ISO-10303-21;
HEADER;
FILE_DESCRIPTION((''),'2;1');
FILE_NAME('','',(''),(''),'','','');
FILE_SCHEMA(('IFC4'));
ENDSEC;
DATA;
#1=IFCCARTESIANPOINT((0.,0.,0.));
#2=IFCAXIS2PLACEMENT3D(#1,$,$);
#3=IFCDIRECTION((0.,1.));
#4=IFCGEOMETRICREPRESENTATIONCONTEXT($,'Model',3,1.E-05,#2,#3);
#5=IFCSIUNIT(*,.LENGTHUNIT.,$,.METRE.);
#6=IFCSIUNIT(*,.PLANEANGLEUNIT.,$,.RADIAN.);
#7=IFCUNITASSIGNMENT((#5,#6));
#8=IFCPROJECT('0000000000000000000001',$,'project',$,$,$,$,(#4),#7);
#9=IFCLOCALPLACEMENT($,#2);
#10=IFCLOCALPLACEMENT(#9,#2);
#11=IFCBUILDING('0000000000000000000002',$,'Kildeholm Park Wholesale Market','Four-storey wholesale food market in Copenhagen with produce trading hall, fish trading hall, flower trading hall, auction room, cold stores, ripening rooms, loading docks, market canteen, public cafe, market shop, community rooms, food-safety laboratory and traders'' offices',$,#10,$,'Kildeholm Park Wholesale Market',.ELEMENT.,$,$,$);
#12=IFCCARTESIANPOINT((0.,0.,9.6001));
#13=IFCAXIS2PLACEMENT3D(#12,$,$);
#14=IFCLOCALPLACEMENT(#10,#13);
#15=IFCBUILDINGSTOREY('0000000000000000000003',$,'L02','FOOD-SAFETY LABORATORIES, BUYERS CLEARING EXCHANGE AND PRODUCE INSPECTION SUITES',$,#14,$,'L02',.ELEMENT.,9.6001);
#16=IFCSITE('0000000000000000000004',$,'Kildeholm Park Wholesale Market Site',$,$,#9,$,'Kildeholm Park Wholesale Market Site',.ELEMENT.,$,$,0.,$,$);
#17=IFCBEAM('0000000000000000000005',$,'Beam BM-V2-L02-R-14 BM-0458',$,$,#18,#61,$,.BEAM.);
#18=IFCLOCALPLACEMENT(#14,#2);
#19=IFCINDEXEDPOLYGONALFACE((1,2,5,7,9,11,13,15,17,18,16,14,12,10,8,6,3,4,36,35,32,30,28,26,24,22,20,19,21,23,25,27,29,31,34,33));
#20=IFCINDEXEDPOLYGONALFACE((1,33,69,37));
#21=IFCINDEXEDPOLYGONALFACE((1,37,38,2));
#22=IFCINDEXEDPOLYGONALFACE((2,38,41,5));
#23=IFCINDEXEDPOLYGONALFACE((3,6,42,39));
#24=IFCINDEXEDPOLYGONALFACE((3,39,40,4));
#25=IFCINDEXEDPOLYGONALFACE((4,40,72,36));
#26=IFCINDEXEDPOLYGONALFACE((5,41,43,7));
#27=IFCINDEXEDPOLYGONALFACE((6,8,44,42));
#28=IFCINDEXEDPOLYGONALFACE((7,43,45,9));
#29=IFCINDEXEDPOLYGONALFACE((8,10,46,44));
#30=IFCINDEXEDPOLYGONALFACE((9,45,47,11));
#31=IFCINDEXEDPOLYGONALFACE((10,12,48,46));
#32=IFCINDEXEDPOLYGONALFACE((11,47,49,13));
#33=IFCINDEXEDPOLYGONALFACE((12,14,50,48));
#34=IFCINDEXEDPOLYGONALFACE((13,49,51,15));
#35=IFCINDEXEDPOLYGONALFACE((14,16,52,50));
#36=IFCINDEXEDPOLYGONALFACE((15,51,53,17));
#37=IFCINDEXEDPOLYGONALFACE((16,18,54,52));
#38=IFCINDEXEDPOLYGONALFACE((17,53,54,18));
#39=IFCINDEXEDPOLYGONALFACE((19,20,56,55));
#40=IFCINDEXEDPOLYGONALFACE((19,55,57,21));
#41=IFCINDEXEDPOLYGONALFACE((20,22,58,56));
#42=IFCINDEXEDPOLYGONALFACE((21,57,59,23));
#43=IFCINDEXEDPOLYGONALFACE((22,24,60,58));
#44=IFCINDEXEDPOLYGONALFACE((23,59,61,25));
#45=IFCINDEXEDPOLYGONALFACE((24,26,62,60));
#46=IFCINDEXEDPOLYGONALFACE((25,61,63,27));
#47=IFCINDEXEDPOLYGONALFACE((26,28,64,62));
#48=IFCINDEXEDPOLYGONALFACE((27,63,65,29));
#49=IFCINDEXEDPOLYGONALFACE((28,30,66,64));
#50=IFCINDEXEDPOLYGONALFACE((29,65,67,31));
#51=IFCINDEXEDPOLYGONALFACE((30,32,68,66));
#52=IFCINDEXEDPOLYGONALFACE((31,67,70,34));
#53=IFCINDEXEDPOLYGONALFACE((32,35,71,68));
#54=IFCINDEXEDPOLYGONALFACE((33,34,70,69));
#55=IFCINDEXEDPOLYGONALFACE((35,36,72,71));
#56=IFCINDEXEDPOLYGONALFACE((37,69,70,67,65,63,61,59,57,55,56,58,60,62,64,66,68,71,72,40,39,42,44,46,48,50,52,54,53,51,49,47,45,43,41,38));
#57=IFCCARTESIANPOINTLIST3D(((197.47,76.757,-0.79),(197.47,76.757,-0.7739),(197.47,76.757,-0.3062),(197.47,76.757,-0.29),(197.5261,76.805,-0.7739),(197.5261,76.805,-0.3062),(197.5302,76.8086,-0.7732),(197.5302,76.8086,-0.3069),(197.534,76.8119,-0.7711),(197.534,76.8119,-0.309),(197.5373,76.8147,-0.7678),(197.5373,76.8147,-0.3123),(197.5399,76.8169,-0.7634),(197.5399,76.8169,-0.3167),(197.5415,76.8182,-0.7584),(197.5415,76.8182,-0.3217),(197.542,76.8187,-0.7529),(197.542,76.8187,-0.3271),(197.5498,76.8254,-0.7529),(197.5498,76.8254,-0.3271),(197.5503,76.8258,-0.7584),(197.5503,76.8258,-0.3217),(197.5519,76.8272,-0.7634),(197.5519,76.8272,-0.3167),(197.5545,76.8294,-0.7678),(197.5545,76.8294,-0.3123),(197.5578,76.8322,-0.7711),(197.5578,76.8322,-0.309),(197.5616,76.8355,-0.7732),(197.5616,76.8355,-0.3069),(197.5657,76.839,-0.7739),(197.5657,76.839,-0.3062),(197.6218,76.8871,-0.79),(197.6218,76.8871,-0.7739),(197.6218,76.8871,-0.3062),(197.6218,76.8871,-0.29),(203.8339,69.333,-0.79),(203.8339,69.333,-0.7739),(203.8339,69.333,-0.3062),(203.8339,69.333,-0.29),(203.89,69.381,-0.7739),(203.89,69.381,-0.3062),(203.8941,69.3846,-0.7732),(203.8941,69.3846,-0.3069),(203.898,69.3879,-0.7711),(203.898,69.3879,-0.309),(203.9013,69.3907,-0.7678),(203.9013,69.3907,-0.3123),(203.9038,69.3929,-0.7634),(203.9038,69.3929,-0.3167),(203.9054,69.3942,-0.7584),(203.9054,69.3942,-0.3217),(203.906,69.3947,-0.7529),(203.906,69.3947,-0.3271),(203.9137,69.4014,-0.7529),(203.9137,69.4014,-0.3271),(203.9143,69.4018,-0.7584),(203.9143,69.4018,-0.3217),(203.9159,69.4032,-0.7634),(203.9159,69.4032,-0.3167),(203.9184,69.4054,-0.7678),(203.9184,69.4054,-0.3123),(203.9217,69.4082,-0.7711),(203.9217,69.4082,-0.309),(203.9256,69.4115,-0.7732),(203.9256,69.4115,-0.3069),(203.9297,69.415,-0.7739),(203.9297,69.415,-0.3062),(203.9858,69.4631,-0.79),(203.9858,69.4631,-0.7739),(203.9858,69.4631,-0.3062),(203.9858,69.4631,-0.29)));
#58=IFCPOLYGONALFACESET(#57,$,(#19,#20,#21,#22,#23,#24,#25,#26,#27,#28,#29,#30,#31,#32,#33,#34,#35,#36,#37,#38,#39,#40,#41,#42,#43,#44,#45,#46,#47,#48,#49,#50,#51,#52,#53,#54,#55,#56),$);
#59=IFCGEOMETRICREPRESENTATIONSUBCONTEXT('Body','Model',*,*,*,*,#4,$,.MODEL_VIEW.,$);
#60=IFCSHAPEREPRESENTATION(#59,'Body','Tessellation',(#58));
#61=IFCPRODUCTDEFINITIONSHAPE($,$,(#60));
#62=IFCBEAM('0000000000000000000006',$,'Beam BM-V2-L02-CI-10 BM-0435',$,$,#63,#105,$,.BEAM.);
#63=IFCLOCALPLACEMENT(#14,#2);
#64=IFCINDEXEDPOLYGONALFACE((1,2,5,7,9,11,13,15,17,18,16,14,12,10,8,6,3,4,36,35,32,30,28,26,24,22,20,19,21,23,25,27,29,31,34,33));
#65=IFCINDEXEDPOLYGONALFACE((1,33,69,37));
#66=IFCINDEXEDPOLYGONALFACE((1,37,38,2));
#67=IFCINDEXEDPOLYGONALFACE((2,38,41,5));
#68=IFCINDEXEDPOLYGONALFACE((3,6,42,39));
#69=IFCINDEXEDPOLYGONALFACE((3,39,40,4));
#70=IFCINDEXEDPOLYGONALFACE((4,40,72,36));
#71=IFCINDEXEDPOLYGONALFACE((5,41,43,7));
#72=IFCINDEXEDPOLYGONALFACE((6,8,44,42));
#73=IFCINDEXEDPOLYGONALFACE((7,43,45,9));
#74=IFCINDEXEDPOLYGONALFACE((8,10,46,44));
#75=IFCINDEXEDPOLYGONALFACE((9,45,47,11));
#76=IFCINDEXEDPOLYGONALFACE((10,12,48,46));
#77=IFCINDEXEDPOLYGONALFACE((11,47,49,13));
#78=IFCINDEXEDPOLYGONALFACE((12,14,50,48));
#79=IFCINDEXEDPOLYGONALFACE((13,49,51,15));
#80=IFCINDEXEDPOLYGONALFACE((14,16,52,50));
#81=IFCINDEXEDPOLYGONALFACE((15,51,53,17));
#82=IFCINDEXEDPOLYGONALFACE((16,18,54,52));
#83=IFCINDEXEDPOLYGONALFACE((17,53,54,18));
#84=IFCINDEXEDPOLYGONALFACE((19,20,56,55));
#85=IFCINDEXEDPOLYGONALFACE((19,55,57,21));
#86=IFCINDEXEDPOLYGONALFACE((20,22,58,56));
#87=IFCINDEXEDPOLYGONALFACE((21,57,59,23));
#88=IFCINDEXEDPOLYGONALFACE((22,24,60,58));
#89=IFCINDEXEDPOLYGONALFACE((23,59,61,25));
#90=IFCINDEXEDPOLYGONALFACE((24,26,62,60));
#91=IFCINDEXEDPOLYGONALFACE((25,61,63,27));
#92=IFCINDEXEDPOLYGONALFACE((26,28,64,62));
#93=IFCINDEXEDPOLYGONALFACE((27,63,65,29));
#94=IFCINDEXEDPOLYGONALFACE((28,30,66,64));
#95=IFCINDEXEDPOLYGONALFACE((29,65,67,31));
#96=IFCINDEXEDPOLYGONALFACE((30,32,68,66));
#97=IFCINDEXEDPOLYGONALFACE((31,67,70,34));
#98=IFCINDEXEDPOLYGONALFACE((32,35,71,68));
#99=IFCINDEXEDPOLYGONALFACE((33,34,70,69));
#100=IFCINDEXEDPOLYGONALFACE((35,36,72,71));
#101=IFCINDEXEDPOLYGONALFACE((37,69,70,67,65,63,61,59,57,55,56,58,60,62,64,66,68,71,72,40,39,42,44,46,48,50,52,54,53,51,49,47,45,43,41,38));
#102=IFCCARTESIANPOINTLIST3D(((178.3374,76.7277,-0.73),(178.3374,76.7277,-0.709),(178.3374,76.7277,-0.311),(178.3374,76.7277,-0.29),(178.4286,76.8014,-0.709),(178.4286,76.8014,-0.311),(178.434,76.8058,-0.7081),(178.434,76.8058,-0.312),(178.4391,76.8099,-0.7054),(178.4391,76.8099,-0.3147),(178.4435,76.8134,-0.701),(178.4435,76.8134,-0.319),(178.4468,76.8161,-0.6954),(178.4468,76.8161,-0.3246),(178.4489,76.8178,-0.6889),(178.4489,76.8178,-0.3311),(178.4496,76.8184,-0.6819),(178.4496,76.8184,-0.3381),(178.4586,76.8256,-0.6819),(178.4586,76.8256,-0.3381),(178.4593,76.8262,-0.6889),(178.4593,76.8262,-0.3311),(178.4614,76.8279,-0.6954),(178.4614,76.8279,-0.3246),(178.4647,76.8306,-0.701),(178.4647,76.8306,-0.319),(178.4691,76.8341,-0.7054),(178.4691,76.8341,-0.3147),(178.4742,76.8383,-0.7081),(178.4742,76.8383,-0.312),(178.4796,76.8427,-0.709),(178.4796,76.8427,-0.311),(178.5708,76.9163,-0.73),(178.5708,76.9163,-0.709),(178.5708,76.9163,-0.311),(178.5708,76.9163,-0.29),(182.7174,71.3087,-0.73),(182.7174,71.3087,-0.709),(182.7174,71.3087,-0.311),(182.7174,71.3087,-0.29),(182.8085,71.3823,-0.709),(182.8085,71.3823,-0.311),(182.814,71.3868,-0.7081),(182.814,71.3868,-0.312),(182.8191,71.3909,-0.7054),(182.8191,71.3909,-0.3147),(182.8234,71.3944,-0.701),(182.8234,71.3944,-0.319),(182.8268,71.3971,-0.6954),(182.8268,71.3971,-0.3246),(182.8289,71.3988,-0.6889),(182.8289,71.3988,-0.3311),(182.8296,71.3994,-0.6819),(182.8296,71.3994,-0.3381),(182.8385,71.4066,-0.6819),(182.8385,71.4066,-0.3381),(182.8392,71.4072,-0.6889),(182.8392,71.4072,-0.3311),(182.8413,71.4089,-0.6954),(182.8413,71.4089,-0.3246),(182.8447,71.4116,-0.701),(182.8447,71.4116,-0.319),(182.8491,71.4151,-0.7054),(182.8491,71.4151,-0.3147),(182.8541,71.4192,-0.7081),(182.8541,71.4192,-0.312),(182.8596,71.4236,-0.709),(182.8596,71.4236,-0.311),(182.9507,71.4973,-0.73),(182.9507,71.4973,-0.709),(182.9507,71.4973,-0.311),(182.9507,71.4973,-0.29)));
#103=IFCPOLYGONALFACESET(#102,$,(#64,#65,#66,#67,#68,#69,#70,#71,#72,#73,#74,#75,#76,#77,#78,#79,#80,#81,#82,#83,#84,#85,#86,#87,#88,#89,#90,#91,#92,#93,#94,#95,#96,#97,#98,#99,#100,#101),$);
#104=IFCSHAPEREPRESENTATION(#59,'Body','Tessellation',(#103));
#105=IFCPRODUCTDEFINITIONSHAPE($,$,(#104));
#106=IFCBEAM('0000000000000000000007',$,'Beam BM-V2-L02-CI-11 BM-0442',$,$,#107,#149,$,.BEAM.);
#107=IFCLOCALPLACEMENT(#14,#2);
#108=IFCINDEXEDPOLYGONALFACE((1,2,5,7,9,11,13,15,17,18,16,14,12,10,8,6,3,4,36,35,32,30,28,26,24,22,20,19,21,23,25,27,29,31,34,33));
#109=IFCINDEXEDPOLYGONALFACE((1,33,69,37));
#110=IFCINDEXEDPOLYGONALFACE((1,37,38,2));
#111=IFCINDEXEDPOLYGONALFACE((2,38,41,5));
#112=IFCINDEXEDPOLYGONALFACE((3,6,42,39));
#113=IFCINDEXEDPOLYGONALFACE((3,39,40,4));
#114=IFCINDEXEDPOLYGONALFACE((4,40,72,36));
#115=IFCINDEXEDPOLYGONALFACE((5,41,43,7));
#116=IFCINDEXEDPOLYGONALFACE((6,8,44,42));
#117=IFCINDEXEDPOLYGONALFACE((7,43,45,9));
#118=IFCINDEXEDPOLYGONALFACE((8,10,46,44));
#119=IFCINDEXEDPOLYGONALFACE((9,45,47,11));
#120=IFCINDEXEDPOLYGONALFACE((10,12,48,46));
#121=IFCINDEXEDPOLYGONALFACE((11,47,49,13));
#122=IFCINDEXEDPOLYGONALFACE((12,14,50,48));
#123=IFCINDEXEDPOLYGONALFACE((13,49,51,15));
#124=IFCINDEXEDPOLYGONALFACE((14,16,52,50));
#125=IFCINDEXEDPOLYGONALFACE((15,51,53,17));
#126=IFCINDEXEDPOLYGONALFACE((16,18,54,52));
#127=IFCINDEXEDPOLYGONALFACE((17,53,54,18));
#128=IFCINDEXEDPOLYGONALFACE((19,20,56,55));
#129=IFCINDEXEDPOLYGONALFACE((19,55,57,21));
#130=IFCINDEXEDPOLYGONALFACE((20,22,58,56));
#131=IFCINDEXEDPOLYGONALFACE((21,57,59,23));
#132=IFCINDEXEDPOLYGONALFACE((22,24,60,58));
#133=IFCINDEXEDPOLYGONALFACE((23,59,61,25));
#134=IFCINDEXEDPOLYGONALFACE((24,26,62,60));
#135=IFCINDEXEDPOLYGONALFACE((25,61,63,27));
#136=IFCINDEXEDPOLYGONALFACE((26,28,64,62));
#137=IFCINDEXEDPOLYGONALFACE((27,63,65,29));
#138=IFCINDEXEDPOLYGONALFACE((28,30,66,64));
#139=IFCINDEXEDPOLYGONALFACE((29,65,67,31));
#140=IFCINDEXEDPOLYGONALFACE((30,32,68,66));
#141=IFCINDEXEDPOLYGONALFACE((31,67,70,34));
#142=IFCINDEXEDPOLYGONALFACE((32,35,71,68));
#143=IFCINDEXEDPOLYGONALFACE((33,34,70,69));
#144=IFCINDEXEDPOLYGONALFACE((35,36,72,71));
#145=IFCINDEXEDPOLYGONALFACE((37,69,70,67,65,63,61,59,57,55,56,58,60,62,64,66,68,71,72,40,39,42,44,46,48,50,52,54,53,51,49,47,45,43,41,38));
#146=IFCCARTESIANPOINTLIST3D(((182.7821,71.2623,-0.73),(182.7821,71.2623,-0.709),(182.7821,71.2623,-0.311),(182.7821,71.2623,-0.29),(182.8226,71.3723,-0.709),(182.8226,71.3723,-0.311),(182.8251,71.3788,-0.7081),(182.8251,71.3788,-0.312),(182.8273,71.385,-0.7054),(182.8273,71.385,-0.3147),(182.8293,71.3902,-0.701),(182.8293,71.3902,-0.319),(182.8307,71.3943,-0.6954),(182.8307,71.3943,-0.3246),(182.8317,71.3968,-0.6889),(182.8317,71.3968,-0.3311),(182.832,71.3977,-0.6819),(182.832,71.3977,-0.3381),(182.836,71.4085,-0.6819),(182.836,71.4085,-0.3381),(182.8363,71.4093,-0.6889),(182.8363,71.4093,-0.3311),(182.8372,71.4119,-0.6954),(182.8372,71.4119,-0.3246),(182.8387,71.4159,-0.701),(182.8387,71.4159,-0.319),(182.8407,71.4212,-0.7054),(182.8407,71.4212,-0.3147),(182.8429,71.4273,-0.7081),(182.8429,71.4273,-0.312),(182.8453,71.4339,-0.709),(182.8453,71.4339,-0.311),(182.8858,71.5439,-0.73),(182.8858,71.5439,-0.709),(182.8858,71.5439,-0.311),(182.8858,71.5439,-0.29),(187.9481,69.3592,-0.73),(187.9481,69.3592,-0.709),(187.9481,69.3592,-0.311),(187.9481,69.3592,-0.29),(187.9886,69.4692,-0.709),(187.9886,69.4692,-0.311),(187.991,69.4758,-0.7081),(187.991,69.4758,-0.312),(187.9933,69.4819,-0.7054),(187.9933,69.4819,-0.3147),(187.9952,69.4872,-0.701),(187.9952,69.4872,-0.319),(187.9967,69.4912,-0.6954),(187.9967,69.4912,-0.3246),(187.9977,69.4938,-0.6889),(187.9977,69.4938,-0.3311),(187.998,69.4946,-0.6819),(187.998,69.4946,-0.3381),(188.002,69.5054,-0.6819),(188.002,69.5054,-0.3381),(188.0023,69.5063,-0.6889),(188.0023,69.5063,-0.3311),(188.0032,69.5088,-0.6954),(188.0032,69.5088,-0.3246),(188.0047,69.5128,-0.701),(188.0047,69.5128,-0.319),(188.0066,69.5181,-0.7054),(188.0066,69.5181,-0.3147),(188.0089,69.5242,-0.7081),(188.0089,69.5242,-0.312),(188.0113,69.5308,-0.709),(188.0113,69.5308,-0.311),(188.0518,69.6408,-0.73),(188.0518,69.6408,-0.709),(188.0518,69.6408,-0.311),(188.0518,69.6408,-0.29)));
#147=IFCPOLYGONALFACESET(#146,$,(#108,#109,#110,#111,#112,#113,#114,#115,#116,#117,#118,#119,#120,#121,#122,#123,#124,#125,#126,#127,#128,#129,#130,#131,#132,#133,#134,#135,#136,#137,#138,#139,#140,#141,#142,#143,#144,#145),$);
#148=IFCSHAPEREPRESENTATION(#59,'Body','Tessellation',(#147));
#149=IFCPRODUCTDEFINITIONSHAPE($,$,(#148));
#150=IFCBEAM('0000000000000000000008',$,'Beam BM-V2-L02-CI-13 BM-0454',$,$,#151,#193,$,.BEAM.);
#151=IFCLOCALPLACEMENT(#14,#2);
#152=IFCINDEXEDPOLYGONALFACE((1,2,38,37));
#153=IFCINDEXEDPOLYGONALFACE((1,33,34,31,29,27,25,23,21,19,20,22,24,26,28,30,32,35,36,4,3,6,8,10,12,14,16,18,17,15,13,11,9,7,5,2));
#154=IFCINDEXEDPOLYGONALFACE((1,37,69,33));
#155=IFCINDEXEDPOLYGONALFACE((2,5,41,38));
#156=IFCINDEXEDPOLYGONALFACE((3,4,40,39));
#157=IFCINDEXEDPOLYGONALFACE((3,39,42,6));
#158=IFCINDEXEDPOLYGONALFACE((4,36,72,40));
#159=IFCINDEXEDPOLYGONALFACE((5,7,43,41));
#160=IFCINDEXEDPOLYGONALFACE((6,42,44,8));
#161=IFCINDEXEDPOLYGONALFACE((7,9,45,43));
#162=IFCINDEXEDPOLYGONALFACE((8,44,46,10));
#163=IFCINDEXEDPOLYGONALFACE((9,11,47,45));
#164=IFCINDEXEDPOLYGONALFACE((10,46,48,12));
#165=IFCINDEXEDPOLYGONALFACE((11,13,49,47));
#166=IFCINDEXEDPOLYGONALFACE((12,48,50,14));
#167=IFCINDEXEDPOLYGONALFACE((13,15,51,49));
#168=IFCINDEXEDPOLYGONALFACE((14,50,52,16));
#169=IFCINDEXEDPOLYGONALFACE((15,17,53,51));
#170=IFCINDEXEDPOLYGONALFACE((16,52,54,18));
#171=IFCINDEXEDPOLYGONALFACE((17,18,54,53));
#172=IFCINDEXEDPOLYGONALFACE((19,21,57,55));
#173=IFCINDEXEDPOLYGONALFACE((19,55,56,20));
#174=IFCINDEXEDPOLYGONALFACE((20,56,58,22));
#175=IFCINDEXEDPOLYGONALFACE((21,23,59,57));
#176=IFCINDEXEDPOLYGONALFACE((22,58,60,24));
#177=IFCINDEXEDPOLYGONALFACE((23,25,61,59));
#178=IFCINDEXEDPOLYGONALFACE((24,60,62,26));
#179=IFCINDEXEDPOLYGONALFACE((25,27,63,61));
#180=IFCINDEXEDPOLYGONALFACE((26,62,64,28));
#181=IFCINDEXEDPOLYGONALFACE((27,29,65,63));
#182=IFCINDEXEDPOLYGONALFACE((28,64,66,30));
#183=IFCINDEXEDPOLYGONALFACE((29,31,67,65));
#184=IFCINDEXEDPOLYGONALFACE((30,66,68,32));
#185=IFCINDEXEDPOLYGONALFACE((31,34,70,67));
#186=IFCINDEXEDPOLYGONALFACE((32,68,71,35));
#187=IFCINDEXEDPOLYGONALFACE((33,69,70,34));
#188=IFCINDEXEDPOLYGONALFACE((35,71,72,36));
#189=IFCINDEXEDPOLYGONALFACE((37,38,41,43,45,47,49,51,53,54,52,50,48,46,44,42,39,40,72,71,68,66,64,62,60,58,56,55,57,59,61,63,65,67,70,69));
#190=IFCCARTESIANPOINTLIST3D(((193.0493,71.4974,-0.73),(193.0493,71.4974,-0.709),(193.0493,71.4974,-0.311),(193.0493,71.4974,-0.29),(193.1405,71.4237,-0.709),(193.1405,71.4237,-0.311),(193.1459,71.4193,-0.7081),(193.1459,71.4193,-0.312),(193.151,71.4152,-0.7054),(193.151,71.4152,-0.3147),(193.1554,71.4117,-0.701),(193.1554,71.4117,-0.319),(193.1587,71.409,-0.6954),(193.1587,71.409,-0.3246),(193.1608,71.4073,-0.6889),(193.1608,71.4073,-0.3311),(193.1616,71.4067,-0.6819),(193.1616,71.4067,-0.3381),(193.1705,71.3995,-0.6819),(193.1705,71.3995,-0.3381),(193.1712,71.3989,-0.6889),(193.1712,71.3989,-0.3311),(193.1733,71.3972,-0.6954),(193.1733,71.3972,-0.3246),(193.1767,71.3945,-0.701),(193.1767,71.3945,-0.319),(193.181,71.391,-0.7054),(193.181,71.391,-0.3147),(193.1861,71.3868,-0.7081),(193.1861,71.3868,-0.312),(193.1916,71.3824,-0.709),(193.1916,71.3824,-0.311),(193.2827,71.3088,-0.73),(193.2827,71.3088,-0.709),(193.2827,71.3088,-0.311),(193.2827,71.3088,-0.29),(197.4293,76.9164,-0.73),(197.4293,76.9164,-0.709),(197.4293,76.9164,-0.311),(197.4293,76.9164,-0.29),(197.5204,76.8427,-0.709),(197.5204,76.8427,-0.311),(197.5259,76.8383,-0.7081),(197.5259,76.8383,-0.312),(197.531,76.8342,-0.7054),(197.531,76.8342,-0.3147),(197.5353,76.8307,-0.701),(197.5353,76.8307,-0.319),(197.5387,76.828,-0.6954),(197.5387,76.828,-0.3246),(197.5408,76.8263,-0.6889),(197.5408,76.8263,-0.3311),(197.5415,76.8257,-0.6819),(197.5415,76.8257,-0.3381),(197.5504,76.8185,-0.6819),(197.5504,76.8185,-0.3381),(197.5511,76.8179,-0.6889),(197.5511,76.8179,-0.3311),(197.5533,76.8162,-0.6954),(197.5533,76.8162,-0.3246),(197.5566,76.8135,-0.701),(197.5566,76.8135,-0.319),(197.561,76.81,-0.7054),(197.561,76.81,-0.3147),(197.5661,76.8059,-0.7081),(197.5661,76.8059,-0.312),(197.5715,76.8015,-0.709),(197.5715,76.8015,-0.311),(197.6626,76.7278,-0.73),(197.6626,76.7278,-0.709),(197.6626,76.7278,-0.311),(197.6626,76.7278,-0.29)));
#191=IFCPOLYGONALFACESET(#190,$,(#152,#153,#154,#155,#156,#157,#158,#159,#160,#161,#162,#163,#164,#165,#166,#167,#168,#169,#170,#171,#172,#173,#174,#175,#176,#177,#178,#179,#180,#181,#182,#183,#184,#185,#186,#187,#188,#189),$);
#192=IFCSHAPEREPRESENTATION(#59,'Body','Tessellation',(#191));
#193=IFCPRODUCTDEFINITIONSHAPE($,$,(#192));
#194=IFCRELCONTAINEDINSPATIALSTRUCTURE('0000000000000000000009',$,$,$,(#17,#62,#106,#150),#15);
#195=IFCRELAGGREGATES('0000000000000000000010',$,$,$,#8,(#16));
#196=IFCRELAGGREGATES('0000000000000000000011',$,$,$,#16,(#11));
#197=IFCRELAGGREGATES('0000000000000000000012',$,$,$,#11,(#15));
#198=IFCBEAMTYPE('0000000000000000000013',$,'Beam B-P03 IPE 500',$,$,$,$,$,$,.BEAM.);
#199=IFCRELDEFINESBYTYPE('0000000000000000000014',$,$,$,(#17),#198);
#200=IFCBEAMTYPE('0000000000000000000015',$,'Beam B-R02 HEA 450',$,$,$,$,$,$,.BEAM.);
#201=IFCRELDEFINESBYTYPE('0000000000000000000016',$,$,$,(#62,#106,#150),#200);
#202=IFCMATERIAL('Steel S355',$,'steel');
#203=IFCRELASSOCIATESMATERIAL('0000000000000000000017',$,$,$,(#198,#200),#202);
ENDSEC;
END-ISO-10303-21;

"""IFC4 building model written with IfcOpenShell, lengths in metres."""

from ifc_helpers import new_model, si_unit, direction, frame, origin, origin_2d, place, context, subcontext, project, spatial, i_section, extrude, material, material_profile, profile_set, type_object, element, save


model = new_model("IFC4")

# Units and contexts
model_context = context("Model", 3, precision=1e-05, world=origin(), true_north=direction((0.0, 1.0)))
body_context = subcontext(model_context, "Body", "Model", "MODEL_VIEW")
ifc_project = project(units=[si_unit("LENGTHUNIT", "METRE"), si_unit("PLANEANGLEUNIT", "RADIAN")], contexts=[model_context])

# Site, building, storey
site_placement = place(None, origin())
site = spatial("IfcSite", under=ifc_project, at=site_placement, Name="Kildeholm Park Wholesale Market Site", LongName="Kildeholm Park Wholesale Market Site", CompositionType="ELEMENT", RefElevation=0.0)
building_placement = place(site_placement, origin())
building = spatial("IfcBuilding", under=site, at=building_placement, Name="Kildeholm Park Wholesale Market", Description="Four-storey wholesale food market in Copenhagen with produce trading hall, fish trading hall, flower trading hall, auction room, cold stores, ripening rooms, loading docks, market canteen, public cafe, market shop, community rooms, food-safety laboratory and traders' offices", LongName="Kildeholm Park Wholesale Market", CompositionType="ELEMENT")
storey_placement = place(building_placement, frame((0.0, 0.0, 9.6001)))
storey = spatial("IfcBuildingStorey", under=building, at=storey_placement, Name="L02", Description="FOOD-SAFETY LABORATORIES, BUYERS CLEARING EXCHANGE AND PRODUCE INSPECTION SUITES", LongName="L02", CompositionType="ELEMENT", Elevation=9.6001)

# Shared definitions
ifc_material_1 = material(Name="Steel S355", Category="steel")

# Beams
ifc_material_profile_1 = material_profile(ifc_material_1, i_section(OverallWidth=0.2, OverallDepth=0.5, WebThickness=0.0103, FlangeThickness=0.0161, FilletRadius=0.021, at=origin_2d()), Name="IPE 500")
ifc_profile_set_1 = profile_set([ifc_material_profile_1], Name="Steel S355")
beam_type_1 = type_object("IfcBeamType", Name="Beam B-P03 IPE 500", PredefinedType="BEAM", material=ifc_profile_set_1)
beam_1_placement = place(storey_placement, frame((197.5459, 76.822, -0.54), z_axis=(0.650822, -0.75923, 0.0), x_axis=(0.75923, 0.650822, 0.0)))
element("IfcBeam", 1, at=beam_1_placement, inside=storey, type_object=beam_type_1, Name="Beam BM-V2-L02-R-14 BM-0458", PredefinedType="BEAM", context=body_context, shape_type="SweptSolid", body=[
    extrude(i_section(OverallWidth=0.2, OverallDepth=0.5, WebThickness=0.0103, FlangeThickness=0.0161, FilletRadius=0.021, at=origin_2d()), origin(), (0.0, 0.0, 1.0), 9.7783),
])
ifc_material_profile_2 = material_profile(ifc_material_1, i_section(OverallWidth=0.3, OverallDepth=0.4399, WebThickness=0.0115, FlangeThickness=0.021, FilletRadius=0.0271, at=origin_2d()), Name="HEA 450")
ifc_profile_set_2 = profile_set([ifc_material_profile_2], Name="Steel S355")
beam_type_2 = type_object("IfcBeamType", Name="Beam B-R02 HEA 450", PredefinedType="BEAM", material=ifc_profile_set_2)
beam_2_placement = place(storey_placement, frame((178.4541, 76.822, -0.51), z_axis=(0.628601, -0.777728, 0.0), x_axis=(0.777728, 0.628601, 0.0)))
element("IfcBeam", 2, at=beam_2_placement, inside=storey, type_object=beam_type_2, Name="Beam BM-V2-L02-CI-10 BM-0435", PredefinedType="BEAM", context=body_context, shape_type="SweptSolid", body=[
    extrude(i_section(OverallWidth=0.3, OverallDepth=0.4399, WebThickness=0.0115, FlangeThickness=0.021, FilletRadius=0.0271, at=origin_2d()), origin(), (0.0, 0.0, 1.0), 6.9678),
])
beam_3_placement = place(storey_placement, frame((182.834, 71.4031, -0.51), z_axis=(0.938354, -0.345675, 0.0), x_axis=(0.345675, 0.938354, 0.0)))
element("IfcBeam", 3, at=beam_3_placement, inside=storey, type_object=beam_type_2, Name="Beam BM-V2-L02-CI-11 BM-0442", PredefinedType="BEAM", context=body_context, shape_type="SweptSolid", body=[
    extrude(i_section(OverallWidth=0.3, OverallDepth=0.4399, WebThickness=0.0115, FlangeThickness=0.021, FilletRadius=0.0271, at=origin_2d()), origin(), (0.0, 0.0, 1.0), 5.5054),
])
beam_4_placement = place(storey_placement, frame((193.166, 71.4031, -0.51), z_axis=(0.628601, 0.777728, 0.0), x_axis=(-0.777728, 0.628601, 0.0)))
element("IfcBeam", 4, at=beam_4_placement, inside=storey, type_object=beam_type_2, Name="Beam BM-V2-L02-CI-13 BM-0454", PredefinedType="BEAM", context=body_context, shape_type="SweptSolid", body=[
    extrude(i_section(OverallWidth=0.3, OverallDepth=0.4399, WebThickness=0.0115, FlangeThickness=0.021, FilletRadius=0.0271, at=origin_2d()), origin(), (0.0, 0.0, 1.0), 6.9678),
])

save(model, "model.ifc")
